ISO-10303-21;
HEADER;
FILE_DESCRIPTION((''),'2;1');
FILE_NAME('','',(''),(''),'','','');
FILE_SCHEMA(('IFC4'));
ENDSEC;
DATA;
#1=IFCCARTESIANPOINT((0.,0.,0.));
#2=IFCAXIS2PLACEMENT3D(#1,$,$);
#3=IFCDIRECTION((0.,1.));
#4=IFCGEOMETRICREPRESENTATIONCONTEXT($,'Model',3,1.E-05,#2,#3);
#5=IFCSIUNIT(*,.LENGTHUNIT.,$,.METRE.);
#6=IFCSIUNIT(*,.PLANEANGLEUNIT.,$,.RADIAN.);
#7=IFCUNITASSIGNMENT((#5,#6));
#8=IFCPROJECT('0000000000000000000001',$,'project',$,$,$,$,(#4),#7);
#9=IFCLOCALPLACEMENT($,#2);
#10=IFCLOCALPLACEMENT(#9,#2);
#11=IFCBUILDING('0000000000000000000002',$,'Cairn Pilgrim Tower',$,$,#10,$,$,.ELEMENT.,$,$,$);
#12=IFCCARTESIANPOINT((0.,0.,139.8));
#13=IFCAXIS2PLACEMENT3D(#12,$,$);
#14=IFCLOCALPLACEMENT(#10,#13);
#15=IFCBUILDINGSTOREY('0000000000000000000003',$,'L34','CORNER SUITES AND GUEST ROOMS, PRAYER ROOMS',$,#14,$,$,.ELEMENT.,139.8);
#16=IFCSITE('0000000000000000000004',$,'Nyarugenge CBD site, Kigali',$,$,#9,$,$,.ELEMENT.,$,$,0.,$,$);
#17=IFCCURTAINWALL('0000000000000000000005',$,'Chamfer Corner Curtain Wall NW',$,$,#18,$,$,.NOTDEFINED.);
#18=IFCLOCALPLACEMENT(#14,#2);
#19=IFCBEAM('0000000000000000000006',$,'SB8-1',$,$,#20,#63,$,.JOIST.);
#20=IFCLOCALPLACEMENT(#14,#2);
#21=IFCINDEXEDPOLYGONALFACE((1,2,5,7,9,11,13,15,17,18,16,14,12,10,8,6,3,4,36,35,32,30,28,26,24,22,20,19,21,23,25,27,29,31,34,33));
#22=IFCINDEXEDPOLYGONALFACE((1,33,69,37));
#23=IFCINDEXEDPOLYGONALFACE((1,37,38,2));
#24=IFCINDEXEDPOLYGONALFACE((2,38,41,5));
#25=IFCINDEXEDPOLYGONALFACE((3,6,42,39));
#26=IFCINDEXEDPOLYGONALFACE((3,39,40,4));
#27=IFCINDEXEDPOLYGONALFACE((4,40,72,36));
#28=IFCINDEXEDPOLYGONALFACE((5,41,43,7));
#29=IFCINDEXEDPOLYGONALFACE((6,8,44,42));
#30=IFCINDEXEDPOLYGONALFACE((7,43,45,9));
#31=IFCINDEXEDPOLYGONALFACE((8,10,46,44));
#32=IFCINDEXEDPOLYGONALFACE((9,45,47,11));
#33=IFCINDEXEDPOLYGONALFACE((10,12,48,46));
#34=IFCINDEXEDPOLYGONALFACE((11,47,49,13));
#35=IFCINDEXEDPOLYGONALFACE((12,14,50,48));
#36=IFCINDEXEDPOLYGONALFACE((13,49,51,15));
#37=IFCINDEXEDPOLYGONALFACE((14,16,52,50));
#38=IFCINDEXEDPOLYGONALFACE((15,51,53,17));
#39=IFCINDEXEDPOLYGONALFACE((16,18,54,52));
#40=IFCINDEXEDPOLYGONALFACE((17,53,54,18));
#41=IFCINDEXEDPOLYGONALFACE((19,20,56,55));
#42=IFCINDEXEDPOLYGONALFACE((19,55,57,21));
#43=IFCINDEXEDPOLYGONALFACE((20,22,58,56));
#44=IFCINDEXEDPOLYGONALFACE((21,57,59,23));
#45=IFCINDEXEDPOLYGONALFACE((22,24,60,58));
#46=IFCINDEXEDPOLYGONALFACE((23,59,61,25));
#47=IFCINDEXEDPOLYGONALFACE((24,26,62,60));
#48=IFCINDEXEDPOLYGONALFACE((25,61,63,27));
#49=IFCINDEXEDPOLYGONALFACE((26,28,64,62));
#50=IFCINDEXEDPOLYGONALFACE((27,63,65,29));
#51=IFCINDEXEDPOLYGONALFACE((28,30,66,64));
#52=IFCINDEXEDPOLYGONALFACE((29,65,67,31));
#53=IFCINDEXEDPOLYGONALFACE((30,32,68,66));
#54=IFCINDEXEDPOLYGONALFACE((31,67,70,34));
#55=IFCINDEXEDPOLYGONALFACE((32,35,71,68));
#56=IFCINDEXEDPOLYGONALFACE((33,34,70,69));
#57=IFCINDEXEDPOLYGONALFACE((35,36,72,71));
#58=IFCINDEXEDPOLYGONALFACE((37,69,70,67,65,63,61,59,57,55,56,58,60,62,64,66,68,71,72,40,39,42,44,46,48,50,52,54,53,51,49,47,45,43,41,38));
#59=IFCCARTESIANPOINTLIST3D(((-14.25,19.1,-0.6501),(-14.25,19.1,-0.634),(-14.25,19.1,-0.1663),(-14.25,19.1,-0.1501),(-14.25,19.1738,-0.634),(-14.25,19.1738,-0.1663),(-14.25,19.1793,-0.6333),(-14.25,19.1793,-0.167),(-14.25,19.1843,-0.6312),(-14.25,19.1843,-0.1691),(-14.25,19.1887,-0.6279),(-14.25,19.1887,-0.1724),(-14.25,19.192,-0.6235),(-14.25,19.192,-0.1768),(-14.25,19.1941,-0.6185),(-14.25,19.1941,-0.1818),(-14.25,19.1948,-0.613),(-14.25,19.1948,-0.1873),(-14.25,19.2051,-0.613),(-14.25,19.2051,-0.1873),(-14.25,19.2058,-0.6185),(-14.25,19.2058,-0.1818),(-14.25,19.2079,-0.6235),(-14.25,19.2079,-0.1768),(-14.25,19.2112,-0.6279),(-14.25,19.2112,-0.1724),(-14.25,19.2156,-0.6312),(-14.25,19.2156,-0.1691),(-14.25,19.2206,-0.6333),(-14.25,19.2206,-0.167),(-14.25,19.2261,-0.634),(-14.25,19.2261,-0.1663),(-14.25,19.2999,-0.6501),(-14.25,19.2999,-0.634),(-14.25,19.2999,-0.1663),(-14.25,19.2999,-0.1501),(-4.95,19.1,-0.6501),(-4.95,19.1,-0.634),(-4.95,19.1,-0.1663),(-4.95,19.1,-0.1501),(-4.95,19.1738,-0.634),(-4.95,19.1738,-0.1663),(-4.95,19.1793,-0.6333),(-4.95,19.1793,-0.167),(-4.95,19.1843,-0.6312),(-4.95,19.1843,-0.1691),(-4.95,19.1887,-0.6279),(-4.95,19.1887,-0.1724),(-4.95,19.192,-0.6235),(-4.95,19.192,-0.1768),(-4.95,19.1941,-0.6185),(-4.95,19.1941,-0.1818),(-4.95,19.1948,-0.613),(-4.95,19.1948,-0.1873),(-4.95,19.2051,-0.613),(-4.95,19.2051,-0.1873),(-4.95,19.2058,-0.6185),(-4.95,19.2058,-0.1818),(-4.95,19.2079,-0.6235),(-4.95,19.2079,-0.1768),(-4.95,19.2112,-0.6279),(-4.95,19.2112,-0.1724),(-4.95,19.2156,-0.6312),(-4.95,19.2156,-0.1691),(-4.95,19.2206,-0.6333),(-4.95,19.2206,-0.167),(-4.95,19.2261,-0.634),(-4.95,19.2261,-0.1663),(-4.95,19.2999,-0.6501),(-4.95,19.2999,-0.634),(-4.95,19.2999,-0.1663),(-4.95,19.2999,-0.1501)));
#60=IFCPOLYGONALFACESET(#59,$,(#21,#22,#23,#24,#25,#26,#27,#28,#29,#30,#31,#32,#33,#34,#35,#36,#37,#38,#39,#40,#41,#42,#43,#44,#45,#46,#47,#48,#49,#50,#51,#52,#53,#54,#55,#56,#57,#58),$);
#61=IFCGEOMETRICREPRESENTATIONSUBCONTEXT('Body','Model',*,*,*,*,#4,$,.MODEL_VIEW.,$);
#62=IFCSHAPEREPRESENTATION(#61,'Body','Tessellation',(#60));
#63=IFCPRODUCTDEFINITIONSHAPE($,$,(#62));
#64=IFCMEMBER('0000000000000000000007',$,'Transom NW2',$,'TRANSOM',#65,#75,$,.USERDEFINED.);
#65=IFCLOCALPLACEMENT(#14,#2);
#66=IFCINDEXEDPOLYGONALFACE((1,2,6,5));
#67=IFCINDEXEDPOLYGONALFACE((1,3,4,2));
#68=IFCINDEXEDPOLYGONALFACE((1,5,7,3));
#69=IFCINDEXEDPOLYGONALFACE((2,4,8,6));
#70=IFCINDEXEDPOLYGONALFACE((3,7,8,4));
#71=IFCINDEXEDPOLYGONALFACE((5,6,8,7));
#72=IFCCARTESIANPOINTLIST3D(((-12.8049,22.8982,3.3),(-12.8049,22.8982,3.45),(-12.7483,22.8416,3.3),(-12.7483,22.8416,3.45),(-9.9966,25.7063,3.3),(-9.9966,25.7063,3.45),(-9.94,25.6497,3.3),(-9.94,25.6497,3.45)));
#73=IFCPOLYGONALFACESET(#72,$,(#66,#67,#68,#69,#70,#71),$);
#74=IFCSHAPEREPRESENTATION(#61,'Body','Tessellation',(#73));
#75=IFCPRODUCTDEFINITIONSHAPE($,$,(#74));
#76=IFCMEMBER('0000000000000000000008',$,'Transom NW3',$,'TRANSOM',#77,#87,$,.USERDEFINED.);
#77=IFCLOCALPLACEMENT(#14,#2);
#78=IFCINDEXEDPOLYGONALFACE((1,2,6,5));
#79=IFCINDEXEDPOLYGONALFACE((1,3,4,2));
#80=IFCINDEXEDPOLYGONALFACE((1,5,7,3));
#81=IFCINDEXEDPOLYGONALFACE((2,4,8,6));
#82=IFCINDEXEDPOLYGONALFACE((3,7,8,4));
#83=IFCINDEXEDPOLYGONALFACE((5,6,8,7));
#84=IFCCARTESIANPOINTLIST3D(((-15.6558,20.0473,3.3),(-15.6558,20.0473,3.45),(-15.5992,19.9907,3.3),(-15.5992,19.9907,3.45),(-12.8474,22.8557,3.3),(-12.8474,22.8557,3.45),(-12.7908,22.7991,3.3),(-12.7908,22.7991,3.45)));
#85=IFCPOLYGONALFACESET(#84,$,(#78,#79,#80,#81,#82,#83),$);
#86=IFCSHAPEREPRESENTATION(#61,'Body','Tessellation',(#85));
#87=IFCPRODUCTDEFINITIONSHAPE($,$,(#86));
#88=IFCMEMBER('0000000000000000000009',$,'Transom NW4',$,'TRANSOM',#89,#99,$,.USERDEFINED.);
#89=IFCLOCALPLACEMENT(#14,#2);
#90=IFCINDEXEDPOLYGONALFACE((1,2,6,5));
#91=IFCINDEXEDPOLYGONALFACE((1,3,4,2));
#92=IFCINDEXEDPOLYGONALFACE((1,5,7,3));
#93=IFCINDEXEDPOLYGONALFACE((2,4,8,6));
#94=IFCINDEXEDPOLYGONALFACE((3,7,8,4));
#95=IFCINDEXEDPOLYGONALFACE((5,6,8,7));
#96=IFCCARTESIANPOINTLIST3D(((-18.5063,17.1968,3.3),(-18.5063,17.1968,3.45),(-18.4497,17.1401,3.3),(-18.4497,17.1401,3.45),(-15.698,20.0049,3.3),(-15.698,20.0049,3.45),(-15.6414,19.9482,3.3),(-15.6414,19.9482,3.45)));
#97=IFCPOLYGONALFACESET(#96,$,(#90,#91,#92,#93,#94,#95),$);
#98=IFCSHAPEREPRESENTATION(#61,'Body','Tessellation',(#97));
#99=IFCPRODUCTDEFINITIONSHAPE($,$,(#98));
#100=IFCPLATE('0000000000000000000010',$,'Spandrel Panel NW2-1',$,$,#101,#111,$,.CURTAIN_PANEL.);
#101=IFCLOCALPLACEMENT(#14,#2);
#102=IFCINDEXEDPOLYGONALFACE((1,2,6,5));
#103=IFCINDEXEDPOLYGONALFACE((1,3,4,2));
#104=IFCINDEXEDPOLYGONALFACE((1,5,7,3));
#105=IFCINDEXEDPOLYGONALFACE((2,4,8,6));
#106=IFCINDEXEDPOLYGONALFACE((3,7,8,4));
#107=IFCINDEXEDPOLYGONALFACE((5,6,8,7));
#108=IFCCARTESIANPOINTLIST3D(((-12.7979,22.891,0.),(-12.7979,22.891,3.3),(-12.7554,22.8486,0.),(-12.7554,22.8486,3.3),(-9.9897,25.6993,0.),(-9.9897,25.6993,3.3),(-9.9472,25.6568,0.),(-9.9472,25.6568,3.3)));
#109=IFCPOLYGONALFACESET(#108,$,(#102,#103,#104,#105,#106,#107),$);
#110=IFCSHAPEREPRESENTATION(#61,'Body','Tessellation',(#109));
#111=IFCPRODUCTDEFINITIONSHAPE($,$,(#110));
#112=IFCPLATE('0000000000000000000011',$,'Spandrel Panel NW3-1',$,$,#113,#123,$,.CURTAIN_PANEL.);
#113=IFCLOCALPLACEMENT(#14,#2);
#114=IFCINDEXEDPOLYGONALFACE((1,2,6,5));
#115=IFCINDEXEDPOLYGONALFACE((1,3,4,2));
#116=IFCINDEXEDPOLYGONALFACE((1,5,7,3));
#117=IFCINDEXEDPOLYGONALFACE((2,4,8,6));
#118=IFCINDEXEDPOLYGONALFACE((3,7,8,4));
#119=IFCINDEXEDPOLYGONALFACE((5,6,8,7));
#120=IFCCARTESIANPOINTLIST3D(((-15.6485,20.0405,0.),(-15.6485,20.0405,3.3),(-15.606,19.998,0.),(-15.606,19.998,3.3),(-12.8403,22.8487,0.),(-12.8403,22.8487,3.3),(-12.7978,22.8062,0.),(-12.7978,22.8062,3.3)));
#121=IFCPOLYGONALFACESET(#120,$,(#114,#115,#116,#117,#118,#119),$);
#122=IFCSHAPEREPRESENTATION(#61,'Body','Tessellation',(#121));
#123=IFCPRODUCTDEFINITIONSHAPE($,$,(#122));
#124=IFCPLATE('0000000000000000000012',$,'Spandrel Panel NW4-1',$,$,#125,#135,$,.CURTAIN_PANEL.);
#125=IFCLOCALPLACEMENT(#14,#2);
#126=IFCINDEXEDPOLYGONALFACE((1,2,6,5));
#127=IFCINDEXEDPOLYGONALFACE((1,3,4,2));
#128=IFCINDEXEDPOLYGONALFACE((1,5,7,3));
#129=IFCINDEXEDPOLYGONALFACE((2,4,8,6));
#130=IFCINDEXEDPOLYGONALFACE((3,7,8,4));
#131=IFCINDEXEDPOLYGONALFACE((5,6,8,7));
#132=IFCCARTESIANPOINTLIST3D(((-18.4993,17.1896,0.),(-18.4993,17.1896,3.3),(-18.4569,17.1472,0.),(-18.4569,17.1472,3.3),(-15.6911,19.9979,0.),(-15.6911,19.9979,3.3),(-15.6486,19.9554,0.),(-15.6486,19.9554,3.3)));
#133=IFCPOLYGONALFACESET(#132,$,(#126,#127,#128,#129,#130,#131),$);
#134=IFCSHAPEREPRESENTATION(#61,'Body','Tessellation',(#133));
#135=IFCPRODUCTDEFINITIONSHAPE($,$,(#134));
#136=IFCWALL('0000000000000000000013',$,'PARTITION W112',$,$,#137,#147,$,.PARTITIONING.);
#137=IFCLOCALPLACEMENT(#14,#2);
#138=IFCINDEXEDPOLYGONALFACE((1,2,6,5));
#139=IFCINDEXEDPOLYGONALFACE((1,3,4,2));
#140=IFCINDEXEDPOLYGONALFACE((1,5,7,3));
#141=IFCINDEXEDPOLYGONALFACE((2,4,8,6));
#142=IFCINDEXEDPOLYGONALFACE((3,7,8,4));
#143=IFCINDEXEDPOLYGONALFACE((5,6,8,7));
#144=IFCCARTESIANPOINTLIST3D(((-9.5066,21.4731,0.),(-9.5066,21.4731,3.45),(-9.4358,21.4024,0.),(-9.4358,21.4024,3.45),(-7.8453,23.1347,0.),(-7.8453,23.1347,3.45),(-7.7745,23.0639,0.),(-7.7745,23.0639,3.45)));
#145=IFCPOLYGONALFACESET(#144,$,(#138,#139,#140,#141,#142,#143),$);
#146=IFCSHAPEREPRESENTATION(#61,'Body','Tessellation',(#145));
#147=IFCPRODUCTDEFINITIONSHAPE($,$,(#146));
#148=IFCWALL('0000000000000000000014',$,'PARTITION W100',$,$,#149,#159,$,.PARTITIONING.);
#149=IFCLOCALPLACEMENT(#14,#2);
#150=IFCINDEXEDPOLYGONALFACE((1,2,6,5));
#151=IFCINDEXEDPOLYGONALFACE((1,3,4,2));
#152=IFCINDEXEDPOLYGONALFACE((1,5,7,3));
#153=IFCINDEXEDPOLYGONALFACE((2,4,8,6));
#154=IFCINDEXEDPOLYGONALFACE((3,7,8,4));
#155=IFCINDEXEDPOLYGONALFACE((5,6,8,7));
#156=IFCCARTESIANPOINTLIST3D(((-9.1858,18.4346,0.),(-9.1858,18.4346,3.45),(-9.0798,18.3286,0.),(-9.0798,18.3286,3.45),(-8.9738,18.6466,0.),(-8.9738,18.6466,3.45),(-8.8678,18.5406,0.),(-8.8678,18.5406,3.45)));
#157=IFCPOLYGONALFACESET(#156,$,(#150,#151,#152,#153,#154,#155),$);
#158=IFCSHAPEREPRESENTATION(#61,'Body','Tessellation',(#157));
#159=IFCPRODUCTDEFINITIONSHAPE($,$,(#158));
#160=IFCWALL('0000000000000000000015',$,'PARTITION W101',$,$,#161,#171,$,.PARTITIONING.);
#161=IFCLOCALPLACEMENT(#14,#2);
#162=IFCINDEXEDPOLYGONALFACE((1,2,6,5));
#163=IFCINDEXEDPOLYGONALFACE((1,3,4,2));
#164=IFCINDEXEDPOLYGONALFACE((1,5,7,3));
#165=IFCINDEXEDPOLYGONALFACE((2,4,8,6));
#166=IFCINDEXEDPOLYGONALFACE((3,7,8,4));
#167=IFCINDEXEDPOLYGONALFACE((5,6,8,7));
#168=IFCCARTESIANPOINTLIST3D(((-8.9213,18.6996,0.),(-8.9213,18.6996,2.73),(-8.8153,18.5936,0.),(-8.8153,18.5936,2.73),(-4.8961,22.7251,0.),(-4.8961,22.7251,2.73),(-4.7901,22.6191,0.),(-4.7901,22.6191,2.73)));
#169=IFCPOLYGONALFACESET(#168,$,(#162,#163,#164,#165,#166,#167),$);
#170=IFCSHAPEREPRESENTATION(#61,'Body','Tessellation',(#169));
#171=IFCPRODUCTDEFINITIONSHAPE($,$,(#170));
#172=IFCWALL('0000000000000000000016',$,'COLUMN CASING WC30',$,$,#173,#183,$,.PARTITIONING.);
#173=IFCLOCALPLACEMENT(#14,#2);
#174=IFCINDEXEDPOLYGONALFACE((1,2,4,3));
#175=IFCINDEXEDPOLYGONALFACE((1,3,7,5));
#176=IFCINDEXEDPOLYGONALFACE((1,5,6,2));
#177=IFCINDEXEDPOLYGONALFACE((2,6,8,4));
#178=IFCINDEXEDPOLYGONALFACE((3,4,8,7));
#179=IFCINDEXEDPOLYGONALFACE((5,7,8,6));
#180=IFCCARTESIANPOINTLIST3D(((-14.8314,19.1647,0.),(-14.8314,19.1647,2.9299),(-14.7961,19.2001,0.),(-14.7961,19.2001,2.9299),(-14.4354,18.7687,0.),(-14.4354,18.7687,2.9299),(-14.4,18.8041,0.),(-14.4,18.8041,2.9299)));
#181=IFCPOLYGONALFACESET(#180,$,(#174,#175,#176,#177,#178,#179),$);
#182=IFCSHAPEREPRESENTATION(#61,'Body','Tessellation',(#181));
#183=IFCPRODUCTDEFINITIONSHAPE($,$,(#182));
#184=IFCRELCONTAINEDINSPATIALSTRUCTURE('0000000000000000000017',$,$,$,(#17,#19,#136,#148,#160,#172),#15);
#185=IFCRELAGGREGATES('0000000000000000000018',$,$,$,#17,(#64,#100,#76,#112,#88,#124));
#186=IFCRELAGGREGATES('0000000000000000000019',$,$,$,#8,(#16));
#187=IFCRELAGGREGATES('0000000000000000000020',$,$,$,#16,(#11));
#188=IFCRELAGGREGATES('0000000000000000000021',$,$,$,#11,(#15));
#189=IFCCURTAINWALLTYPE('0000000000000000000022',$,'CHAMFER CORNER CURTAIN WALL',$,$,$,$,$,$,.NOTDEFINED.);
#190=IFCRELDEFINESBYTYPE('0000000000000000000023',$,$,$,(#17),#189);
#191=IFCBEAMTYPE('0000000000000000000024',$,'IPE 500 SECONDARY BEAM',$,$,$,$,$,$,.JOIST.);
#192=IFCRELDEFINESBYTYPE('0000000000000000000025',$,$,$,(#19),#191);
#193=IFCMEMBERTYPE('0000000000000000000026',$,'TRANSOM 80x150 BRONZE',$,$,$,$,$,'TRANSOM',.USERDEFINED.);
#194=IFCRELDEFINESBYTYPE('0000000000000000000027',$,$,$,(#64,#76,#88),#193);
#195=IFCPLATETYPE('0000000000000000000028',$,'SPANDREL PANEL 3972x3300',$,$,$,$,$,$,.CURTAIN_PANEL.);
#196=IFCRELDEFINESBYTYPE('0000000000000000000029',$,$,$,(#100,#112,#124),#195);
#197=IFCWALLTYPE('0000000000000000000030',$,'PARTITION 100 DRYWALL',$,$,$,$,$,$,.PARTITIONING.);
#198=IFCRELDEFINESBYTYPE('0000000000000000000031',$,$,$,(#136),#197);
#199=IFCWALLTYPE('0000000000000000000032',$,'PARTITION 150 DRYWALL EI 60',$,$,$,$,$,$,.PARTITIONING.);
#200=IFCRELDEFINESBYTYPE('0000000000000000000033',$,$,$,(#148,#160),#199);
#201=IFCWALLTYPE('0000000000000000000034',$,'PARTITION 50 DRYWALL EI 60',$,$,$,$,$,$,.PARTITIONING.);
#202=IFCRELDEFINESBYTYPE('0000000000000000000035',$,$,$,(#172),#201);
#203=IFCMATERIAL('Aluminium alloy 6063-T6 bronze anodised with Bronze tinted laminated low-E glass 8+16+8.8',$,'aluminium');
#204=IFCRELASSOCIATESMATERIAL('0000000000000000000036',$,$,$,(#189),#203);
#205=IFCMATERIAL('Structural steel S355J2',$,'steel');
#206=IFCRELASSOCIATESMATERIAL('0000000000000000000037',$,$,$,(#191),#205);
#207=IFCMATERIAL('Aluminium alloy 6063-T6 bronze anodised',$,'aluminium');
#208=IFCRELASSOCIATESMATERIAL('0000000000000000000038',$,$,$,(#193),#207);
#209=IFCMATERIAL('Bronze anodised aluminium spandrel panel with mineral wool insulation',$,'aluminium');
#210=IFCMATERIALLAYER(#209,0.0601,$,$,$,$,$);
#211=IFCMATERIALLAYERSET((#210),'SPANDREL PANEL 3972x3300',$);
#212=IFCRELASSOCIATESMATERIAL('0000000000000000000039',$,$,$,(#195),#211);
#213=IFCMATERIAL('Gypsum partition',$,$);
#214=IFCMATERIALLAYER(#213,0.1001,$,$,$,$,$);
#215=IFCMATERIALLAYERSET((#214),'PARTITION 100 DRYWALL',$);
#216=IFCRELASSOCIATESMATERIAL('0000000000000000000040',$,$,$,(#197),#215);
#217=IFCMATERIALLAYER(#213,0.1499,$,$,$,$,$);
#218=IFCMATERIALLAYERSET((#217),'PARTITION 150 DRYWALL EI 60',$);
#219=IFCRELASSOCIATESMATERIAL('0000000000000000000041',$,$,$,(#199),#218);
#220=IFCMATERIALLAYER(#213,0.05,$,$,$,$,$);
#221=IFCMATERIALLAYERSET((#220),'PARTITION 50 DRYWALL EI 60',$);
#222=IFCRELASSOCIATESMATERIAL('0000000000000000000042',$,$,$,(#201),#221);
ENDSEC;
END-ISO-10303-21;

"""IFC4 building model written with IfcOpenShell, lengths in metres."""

from ifc_helpers import new_model, si_unit, direction, frame, frame_2d, origin, origin_2d, place, context, subcontext, project, spatial, rectangle, i_section, extrude, material, layer, layer_set, material_profile, profile_set, type_object, element, aggregate, save


model = new_model("IFC4")

# Units and contexts
model_context = context("Model", 3, precision=1e-05, world=origin(), true_north=direction((0.0, 1.0)))
body_context = subcontext(model_context, "Body", "Model", "MODEL_VIEW")
ifc_project = project(units=[si_unit("LENGTHUNIT", "METRE"), si_unit("PLANEANGLEUNIT", "RADIAN")], contexts=[model_context])

# Site, building, storey
site_placement = place(None, origin())
site = spatial("IfcSite", under=ifc_project, at=site_placement, Name="Nyarugenge CBD site, Kigali", CompositionType="ELEMENT", RefElevation=0.0)
building_placement = place(site_placement, origin())
building = spatial("IfcBuilding", under=site, at=building_placement, Name="Cairn Pilgrim Tower", CompositionType="ELEMENT")
storey_placement = place(building_placement, frame((0.0, 0.0, 139.8)))
storey = spatial("IfcBuildingStorey", under=building, at=storey_placement, Name="L34", Description="CORNER SUITES AND GUEST ROOMS, PRAYER ROOMS", CompositionType="ELEMENT", Elevation=139.8)

# Shared definitions
ifc_material_1 = material(Name="Structural steel S355J2", Category="steel")

# Curtain wall
ifc_material_2 = material(Name="Aluminium alloy 6063-T6 bronze anodised with Bronze tinted laminated low-E glass 8+16+8.8", Category="aluminium")
curtain_wall_type = type_object("IfcCurtainWallType", Name="CHAMFER CORNER CURTAIN WALL", PredefinedType="NOTDEFINED", material=ifc_material_2)
curtain_wall_placement = place(storey_placement, origin())
curtain_wall = element("IfcCurtainWall", 1, at=curtain_wall_placement, inside=storey, type_object=curtain_wall_type, Name="Chamfer Corner Curtain Wall NW", PredefinedType="NOTDEFINED")
ifc_material_3 = material(Name="Aluminium alloy 6063-T6 bronze anodised", Category="aluminium")

# Beam
ifc_material_profile_1 = material_profile(ifc_material_1, i_section(OverallWidth=0.2, OverallDepth=0.5, WebThickness=0.0103, FlangeThickness=0.0161, FilletRadius=0.021, at=origin_2d()), Name="IPE 500")
ifc_profile_set_1 = profile_set([ifc_material_profile_1], Name="Structural steel S355J2")
beam_type_1 = type_object("IfcBeamType", Name="IPE 500 SECONDARY BEAM", PredefinedType="JOIST", material=ifc_profile_set_1)
beam_1_placement = place(storey_placement, frame((-14.25, 19.2, -0.4001), z_axis=(1.0, 0.0, 0.0), x_axis=(0.0, 1.0, 0.0)))
element("IfcBeam", 2, at=beam_1_placement, inside=storey, type_object=beam_type_1, Name="SB8-1", PredefinedType="JOIST", context=body_context, shape_type="SweptSolid", body=[
    extrude(i_section(OverallWidth=0.2, OverallDepth=0.5, WebThickness=0.0103, FlangeThickness=0.0161, FilletRadius=0.021, at=origin_2d()), origin(), (0.0, 0.0, 1.0), 9.3),
])

# Members
ifc_material_profile_2 = material_profile(ifc_material_3, rectangle(XDim=0.0801, YDim=0.1499, at=origin_2d()), Name="TRANSOM 80x150 BRONZE")
ifc_profile_set_2 = profile_set([ifc_material_profile_2], Name="Aluminium alloy 6063-T6 bronze anodised")
member_type_1 = type_object("IfcMemberType", Name="TRANSOM 80x150 BRONZE", ElementType="TRANSOM", PredefinedType="USERDEFINED", material=ifc_profile_set_2)
member_1_placement = place(storey_placement, frame((-9.9683, 25.678, 3.375), z_axis=(-0.707138, -0.707076, 0.0), x_axis=(0.707076, -0.707138, 0.0)))
member_1 = element("IfcMember", 3, at=member_1_placement, type_object=member_type_1, Name="Transom NW2", ObjectType="TRANSOM", PredefinedType="USERDEFINED", context=body_context, shape_type="SweptSolid", body=[
    extrude(rectangle(XDim=0.0801, YDim=0.1499, at=origin_2d()), origin(), (0.0, 0.0, 1.0), 3.9714),
])
member_2_placement = place(storey_placement, frame((-12.8191, 22.8274, 3.375), z_axis=(-0.707107, -0.707107, 0.0), x_axis=(0.707107, -0.707107, 0.0)))
member_2 = element("IfcMember", 4, at=member_2_placement, type_object=member_type_1, Name="Transom NW3", ObjectType="TRANSOM", PredefinedType="USERDEFINED", context=body_context, shape_type="SweptSolid", body=[
    extrude(rectangle(XDim=0.0801, YDim=0.1499, at=origin_2d()), origin(), (0.0, 0.0, 1.0), 3.9717),
])
member_3_placement = place(storey_placement, frame((-15.6697, 19.9766, 3.375), z_axis=(-0.707138, -0.707076, 0.0), x_axis=(0.707076, -0.707138, 0.0)))
member_3 = element("IfcMember", 5, at=member_3_placement, type_object=member_type_1, Name="Transom NW4", ObjectType="TRANSOM", PredefinedType="USERDEFINED", context=body_context, shape_type="SweptSolid", body=[
    extrude(rectangle(XDim=0.0801, YDim=0.1499, at=origin_2d()), origin(), (0.0, 0.0, 1.0), 3.9714),
])

# Plates
ifc_material_4 = material(Name="Bronze anodised aluminium spandrel panel with mineral wool insulation", Category="aluminium")
ifc_layer_1 = layer(ifc_material_4, 0.0601)
ifc_layer_set_1 = layer_set([ifc_layer_1], Name="SPANDREL PANEL 3972x3300")
plate_type = type_object("IfcPlateType", Name="SPANDREL PANEL 3972x3300", PredefinedType="CURTAIN_PANEL", material=ifc_layer_set_1)
plate_1_placement = place(storey_placement, frame((-11.3726, 24.2739, 0.0), z_axis=(0.0, 0.0, 1.0), x_axis=(-0.707107, -0.707107, 0.0)))
plate_1 = element("IfcPlate", 6, at=plate_1_placement, type_object=plate_type, Name="Spandrel Panel NW2-1", PredefinedType="CURTAIN_PANEL", context=body_context, shape_type="SweptSolid", body=[
    extrude(rectangle(XDim=3.9714, YDim=0.0601, at=origin_2d()), origin(), (0.0, 0.0, 1.0), 3.3),
])
plate_2_placement = place(storey_placement, frame((-14.2231, 21.4233, 0.0), z_axis=(0.0, 0.0, 1.0), x_axis=(-0.707107, -0.707107, 0.0)))
plate_2 = element("IfcPlate", 7, at=plate_2_placement, type_object=plate_type, Name="Spandrel Panel NW3-1", PredefinedType="CURTAIN_PANEL", context=body_context, shape_type="SweptSolid", body=[
    extrude(rectangle(XDim=3.9714, YDim=0.0601, at=origin_2d()), origin(), (0.0, 0.0, 1.0), 3.3),
])
plate_3_placement = place(storey_placement, frame((-17.074, 18.5725, 0.0), z_axis=(0.0, 0.0, 1.0), x_axis=(-0.707107, -0.707107, 0.0)))
plate_3 = element("IfcPlate", 8, at=plate_3_placement, type_object=plate_type, Name="Spandrel Panel NW4-1", PredefinedType="CURTAIN_PANEL", context=body_context, shape_type="SweptSolid", body=[
    extrude(rectangle(XDim=3.9714, YDim=0.0601, at=origin_2d()), origin(), (0.0, 0.0, 1.0), 3.3),
])
aggregate(curtain_wall, [member_1, plate_1, member_2, plate_2, member_3, plate_3])

# Walls
ifc_material_5 = material(Name="Gypsum partition")
ifc_layer_2 = layer(ifc_material_5, 0.1001)
ifc_layer_set_2 = layer_set([ifc_layer_2], Name="PARTITION 100 DRYWALL")
wall_type_1 = type_object("IfcWallType", Name="PARTITION 100 DRYWALL", PredefinedType="PARTITIONING", material=ifc_layer_set_2)
wall_1_placement = place(storey_placement, frame((-9.4712, 21.4377, 0.0), z_axis=(0.0, 0.0, 1.0), x_axis=(0.707055, 0.707159, 0.0)))
element("IfcWall", 9, at=wall_1_placement, inside=storey, type_object=wall_type_1, Name="PARTITION W112", PredefinedType="PARTITIONING", context=body_context, shape_type="SweptSolid", body=[
    extrude(rectangle(XDim=2.3496, YDim=0.1001, at=frame_2d((1.1748, 0.0))), origin(), (0.0, 0.0, 1.0), 3.45),
])
ifc_layer_3 = layer(ifc_material_5, 0.1499)
ifc_layer_set_3 = layer_set([ifc_layer_3], Name="PARTITION 150 DRYWALL EI 60")
wall_type_2 = type_object("IfcWallType", Name="PARTITION 150 DRYWALL EI 60", PredefinedType="PARTITIONING", material=ifc_layer_set_3)
wall_2_placement = place(storey_placement, frame((-9.1328, 18.3816, 0.0), z_axis=(0.0, 0.0, 1.0), x_axis=(0.707107, 0.707107, 0.0)))
element("IfcWall", 10, at=wall_2_placement, inside=storey, type_object=wall_type_2, Name="PARTITION W100", PredefinedType="PARTITIONING", context=body_context, shape_type="SweptSolid", body=[
    extrude(rectangle(XDim=0.2998, YDim=0.1499, at=frame_2d((0.1499, 0.0))), origin(), (0.0, 0.0, 1.0), 3.45),
])
wall_3_placement = place(storey_placement, frame((-8.8682, 18.6467, 0.0), z_axis=(0.0, 0.0, 1.0), x_axis=(0.707085, 0.707128, 0.0)))
element("IfcWall", 11, at=wall_3_placement, inside=storey, type_object=wall_type_2, Name="PARTITION W101", PredefinedType="PARTITIONING", context=body_context, shape_type="SweptSolid", body=[
    extrude(rectangle(XDim=5.6926, YDim=0.1499, at=frame_2d((2.8462, 0.0))), origin(), (0.0, 0.0, 1.0), 2.73),
])
ifc_layer_4 = layer(ifc_material_5, 0.05)
ifc_layer_set_4 = layer_set([ifc_layer_4], Name="PARTITION 50 DRYWALL EI 60")
wall_type_3 = type_object("IfcWallType", Name="PARTITION 50 DRYWALL EI 60", PredefinedType="PARTITIONING", material=ifc_layer_set_4)
wall_4_placement = place(storey_placement, frame((-14.4177, 18.7864, 0.0), z_axis=(0.0, 0.0, 1.0), x_axis=(-0.707107, 0.707107, 0.0)))
element("IfcWall", 12, at=wall_4_placement, inside=storey, type_object=wall_type_3, Name="COLUMN CASING WC30", PredefinedType="PARTITIONING", context=body_context, shape_type="SweptSolid", body=[
    extrude(rectangle(XDim=0.5601, YDim=0.05, at=frame_2d((0.28, 0.0))), origin(), (0.0, 0.0, 1.0), 2.9299),
])

save(model, "model.ifc")
